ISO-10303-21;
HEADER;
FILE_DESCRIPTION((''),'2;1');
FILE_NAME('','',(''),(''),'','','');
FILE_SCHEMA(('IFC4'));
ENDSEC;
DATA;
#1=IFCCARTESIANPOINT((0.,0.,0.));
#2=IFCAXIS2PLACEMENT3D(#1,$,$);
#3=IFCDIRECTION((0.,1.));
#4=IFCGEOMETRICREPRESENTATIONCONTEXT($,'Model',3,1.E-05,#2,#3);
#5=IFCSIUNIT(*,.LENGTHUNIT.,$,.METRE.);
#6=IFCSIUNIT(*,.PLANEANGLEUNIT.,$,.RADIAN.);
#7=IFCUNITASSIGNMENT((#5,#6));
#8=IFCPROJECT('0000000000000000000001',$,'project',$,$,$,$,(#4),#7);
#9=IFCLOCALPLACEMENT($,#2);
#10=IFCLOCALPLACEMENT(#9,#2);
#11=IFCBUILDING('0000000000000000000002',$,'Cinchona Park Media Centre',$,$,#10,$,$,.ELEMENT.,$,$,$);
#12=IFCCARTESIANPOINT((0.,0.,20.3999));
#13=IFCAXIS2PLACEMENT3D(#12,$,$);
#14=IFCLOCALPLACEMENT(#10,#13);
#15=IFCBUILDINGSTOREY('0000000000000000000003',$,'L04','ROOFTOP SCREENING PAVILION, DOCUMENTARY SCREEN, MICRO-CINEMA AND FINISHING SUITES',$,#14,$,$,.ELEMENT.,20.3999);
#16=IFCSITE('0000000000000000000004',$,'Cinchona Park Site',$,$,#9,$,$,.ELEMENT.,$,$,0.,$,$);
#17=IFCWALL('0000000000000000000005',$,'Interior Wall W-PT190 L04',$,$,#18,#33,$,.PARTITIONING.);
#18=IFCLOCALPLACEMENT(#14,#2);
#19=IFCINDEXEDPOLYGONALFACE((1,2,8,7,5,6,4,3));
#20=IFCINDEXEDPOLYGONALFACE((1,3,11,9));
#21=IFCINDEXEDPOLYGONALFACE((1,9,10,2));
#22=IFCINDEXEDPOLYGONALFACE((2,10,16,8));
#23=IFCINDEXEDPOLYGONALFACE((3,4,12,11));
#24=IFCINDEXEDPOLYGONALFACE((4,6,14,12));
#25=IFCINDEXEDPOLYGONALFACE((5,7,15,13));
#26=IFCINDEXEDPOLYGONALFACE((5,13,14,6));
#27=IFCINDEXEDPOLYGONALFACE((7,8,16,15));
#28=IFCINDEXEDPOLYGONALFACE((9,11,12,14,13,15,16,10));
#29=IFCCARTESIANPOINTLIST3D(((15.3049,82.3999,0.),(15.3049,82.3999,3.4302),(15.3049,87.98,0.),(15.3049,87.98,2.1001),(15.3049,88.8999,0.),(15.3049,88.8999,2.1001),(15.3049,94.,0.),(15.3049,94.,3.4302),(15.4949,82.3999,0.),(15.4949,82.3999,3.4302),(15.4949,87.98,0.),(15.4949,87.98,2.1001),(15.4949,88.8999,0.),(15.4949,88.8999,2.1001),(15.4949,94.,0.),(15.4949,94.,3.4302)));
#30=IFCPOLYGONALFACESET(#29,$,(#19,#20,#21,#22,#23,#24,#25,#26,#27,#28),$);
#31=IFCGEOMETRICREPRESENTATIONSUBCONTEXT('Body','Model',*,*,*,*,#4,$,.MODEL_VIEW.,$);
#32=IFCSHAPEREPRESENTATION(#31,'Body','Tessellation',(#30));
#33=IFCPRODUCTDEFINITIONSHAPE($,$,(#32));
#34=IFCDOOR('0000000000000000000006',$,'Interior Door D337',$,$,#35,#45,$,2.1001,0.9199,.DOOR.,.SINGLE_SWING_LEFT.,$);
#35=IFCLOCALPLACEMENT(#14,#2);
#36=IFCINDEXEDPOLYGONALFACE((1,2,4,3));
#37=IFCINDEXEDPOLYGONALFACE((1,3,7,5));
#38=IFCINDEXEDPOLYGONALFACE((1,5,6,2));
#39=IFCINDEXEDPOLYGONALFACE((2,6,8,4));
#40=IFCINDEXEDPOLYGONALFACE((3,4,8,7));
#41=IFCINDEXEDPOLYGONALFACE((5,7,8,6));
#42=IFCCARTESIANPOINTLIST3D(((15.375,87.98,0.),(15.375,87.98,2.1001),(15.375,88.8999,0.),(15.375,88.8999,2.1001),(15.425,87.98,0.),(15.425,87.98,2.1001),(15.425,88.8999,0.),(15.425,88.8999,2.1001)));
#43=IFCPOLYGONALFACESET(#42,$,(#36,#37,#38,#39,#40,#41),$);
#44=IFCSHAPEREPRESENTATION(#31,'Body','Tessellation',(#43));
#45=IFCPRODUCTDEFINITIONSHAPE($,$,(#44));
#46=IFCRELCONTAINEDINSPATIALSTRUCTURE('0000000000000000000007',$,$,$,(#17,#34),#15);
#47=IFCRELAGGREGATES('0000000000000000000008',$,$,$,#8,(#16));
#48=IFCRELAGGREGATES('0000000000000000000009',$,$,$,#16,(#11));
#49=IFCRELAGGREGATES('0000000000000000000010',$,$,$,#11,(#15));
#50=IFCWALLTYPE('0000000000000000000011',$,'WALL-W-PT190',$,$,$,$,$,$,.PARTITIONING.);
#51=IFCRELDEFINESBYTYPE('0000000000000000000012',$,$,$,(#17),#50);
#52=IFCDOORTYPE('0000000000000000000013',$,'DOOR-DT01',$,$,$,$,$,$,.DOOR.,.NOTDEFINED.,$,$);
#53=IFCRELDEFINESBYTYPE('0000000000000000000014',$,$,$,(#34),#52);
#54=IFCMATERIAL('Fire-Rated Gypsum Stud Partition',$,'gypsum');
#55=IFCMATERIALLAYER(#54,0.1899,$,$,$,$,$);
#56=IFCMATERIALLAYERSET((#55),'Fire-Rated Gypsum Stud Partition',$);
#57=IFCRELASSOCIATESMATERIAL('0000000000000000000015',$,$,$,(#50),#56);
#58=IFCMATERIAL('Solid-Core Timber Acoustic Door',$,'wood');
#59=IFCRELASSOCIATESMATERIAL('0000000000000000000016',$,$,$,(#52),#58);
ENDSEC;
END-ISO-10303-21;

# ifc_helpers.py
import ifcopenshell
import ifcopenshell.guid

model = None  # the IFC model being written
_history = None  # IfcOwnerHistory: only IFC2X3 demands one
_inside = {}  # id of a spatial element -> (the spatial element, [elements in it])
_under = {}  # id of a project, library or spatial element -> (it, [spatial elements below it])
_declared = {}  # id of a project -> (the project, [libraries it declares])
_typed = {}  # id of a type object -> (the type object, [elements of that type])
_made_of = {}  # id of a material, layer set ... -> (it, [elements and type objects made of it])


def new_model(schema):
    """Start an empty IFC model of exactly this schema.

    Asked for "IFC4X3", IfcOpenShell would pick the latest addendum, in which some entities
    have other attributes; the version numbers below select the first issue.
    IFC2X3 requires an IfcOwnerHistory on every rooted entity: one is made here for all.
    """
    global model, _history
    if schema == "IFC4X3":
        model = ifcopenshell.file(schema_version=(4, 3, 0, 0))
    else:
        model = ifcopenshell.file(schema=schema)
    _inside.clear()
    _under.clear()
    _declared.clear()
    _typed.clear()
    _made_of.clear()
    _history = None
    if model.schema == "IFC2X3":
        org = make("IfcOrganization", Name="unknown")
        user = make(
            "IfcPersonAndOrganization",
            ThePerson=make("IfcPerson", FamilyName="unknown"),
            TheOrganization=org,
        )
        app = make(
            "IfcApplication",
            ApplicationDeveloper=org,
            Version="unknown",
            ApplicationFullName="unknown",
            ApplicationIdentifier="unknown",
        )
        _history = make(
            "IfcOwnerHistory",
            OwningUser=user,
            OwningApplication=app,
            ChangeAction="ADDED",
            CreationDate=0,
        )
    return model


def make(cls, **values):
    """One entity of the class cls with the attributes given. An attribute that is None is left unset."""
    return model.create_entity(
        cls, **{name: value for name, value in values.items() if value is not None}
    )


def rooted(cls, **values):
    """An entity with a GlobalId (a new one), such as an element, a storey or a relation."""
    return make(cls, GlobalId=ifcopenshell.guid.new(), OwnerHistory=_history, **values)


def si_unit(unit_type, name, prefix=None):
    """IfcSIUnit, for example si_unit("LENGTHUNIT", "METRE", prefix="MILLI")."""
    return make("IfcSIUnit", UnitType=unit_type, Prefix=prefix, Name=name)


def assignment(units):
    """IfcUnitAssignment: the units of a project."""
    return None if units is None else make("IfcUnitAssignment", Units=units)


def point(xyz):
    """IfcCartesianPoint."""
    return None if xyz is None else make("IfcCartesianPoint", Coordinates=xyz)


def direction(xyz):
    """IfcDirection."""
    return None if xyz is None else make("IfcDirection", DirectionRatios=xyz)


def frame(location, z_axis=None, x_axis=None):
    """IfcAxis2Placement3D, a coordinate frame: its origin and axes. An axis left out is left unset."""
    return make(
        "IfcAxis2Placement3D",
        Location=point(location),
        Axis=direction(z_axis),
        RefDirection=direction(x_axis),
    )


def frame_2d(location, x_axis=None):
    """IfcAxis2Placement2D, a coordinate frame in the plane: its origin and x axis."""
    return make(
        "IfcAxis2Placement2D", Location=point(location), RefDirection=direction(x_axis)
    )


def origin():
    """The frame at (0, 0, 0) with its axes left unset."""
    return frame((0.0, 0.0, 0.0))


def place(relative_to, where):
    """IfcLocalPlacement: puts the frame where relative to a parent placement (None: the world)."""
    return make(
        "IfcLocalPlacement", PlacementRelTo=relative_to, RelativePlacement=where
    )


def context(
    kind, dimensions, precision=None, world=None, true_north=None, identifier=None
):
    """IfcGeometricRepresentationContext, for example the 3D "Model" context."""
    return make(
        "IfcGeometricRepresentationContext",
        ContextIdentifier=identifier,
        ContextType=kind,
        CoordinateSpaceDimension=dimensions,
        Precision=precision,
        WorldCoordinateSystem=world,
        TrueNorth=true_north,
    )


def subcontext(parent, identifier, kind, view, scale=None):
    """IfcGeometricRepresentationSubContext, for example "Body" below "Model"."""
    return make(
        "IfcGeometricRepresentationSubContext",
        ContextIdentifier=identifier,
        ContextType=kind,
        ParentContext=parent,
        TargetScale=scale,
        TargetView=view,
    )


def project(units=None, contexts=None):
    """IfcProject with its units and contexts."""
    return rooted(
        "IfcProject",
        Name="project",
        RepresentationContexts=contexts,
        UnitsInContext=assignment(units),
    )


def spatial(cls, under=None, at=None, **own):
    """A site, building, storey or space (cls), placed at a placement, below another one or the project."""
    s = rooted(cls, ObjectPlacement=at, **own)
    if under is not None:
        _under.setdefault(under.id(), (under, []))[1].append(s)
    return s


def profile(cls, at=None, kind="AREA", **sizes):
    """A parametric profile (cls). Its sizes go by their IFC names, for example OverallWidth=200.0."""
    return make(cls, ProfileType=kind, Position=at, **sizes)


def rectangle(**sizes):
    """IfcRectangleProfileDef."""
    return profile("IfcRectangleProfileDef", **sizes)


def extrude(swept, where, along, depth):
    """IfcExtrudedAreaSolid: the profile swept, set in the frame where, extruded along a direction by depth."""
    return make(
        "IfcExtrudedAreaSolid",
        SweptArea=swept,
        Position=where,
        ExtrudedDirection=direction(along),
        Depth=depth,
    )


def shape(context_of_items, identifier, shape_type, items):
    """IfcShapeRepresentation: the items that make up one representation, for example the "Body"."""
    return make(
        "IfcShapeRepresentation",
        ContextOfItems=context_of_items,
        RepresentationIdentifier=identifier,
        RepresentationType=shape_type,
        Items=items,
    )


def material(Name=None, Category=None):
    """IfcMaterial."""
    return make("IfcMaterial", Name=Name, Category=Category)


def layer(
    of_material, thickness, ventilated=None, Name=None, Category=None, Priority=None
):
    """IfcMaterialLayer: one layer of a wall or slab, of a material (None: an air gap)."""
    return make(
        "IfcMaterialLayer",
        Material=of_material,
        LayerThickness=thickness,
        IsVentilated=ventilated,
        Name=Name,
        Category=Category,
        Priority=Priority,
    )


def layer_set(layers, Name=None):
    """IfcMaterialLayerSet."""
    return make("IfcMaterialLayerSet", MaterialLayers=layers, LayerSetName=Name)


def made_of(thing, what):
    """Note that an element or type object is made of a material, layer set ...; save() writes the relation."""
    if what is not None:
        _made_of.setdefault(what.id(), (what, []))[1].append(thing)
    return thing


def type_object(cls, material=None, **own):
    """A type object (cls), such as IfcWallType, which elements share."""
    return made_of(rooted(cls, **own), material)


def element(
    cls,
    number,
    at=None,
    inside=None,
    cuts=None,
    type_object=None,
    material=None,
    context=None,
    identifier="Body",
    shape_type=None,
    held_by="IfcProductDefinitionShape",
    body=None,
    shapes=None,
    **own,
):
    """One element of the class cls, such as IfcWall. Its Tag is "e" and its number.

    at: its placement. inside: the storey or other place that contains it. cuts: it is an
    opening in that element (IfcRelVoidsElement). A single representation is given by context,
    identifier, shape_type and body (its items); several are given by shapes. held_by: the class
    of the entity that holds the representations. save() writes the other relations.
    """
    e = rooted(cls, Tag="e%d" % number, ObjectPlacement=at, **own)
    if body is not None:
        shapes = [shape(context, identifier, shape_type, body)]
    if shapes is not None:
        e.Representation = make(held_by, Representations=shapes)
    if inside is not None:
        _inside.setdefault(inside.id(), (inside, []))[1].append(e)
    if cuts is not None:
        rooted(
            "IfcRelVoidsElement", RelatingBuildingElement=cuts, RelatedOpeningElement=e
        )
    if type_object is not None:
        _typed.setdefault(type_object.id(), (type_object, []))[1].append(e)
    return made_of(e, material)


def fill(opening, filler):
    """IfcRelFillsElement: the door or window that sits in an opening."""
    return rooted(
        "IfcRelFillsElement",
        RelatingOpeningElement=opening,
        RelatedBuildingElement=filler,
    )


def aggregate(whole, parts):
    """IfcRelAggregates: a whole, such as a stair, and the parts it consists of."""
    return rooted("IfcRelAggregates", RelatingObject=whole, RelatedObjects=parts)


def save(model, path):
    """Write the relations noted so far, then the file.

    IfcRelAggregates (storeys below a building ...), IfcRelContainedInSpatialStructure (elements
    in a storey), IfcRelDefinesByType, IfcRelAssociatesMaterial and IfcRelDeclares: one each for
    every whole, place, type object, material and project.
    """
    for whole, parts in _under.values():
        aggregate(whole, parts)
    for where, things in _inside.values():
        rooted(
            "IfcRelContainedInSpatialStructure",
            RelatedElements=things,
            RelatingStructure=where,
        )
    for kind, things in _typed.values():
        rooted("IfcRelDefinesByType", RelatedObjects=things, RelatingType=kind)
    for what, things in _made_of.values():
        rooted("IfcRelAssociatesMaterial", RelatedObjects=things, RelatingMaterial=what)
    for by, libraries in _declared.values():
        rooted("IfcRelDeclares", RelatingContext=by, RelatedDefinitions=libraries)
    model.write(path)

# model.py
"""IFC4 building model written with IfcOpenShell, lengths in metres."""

from ifc_helpers import new_model, si_unit, direction, frame, frame_2d, origin, place, context, subcontext, project, spatial, rectangle, extrude, material, layer, layer_set, type_object, element, fill, save


model = new_model("IFC4")

# Units and contexts
model_context = context("Model", 3, precision=1e-05, world=origin(), true_north=direction((0.0, 1.0)))
body_context = subcontext(model_context, "Body", "Model", "MODEL_VIEW")
ifc_project = project(units=[si_unit("LENGTHUNIT", "METRE"), si_unit("PLANEANGLEUNIT", "RADIAN")], contexts=[model_context])

# Site, building, storey
site_placement = place(None, origin())
site = spatial("IfcSite", under=ifc_project, at=site_placement, Name="Cinchona Park Site", CompositionType="ELEMENT", RefElevation=0.0)
building_placement = place(site_placement, origin())
building = spatial("IfcBuilding", under=site, at=building_placement, Name="Cinchona Park Media Centre", CompositionType="ELEMENT")
storey_placement = place(building_placement, frame((0.0, 0.0, 20.3999)))
storey = spatial("IfcBuildingStorey", under=building, at=storey_placement, Name="L04", Description="ROOFTOP SCREENING PAVILION, DOCUMENTARY SCREEN, MICRO-CINEMA AND FINISHING SUITES", CompositionType="ELEMENT", Elevation=20.3999)

# Wall, opening, door
ifc_material_1 = material(Name="Fire-Rated Gypsum Stud Partition", Category="gypsum")
ifc_layer_1 = layer(ifc_material_1, 0.1899)
ifc_layer_set_1 = layer_set([ifc_layer_1], Name="Fire-Rated Gypsum Stud Partition")
wall_type_1 = type_object("IfcWallType", Name="WALL-W-PT190", PredefinedType="PARTITIONING", material=ifc_layer_set_1)
wall_1_placement = place(storey_placement, frame((15.3999, 82.3999, 0.0), z_axis=(0.0, 0.0, 1.0), x_axis=(0.0, 1.0, 0.0)))
wall_1 = element("IfcWall", 1, at=wall_1_placement, inside=storey, type_object=wall_type_1, Name="Interior Wall W-PT190 L04", PredefinedType="PARTITIONING", context=body_context, shape_type="SweptSolid", body=[
    extrude(rectangle(XDim=11.6001, YDim=0.1899, at=frame_2d((5.8, 0.0))), origin(), (0.0, 0.0, 1.0), 3.4302),
])
opening_1_placement = place(wall_1_placement, frame((5.5801, 0.0, 0.0)))
opening_1 = element("IfcOpeningElement", 2, at=opening_1_placement, cuts=wall_1, PredefinedType="OPENING", context=body_context, shape_type="SweptSolid", body=[
    extrude(rectangle(XDim=0.9199, YDim=2.1001, at=frame_2d((0.46, 1.05))), frame((0.0, 0.105, 0.0), z_axis=(0.0, -1.0, 0.0), x_axis=(1.0, 0.0, 0.0)), (0.0, 0.0, 1.0), 0.21),
])
ifc_material_2 = material(Name="Solid-Core Timber Acoustic Door", Category="wood")
door_type_1 = type_object("IfcDoorType", Name="DOOR-DT01", OperationType="NOTDEFINED", PredefinedType="DOOR", material=ifc_material_2)
door_1_placement = place(opening_1_placement, origin())
door_1 = element("IfcDoor", 3, at=door_1_placement, inside=storey, type_object=door_type_1, Name="Interior Door D337", OperationType="SINGLE_SWING_LEFT", OverallHeight=2.1001, OverallWidth=0.9199, PredefinedType="DOOR", context=body_context, shape_type="SweptSolid", body=[
    extrude(rectangle(XDim=0.9199, YDim=2.1001, at=frame_2d((0.46, 1.05))), frame((0.0, 0.0249, 0.0), z_axis=(0.0, -1.0, 0.0), x_axis=(1.0, 0.0, 0.0)), (0.0, 0.0, 1.0), 0.05),
])
fill(opening_1, door_1)

save(model, "model.ifc")
